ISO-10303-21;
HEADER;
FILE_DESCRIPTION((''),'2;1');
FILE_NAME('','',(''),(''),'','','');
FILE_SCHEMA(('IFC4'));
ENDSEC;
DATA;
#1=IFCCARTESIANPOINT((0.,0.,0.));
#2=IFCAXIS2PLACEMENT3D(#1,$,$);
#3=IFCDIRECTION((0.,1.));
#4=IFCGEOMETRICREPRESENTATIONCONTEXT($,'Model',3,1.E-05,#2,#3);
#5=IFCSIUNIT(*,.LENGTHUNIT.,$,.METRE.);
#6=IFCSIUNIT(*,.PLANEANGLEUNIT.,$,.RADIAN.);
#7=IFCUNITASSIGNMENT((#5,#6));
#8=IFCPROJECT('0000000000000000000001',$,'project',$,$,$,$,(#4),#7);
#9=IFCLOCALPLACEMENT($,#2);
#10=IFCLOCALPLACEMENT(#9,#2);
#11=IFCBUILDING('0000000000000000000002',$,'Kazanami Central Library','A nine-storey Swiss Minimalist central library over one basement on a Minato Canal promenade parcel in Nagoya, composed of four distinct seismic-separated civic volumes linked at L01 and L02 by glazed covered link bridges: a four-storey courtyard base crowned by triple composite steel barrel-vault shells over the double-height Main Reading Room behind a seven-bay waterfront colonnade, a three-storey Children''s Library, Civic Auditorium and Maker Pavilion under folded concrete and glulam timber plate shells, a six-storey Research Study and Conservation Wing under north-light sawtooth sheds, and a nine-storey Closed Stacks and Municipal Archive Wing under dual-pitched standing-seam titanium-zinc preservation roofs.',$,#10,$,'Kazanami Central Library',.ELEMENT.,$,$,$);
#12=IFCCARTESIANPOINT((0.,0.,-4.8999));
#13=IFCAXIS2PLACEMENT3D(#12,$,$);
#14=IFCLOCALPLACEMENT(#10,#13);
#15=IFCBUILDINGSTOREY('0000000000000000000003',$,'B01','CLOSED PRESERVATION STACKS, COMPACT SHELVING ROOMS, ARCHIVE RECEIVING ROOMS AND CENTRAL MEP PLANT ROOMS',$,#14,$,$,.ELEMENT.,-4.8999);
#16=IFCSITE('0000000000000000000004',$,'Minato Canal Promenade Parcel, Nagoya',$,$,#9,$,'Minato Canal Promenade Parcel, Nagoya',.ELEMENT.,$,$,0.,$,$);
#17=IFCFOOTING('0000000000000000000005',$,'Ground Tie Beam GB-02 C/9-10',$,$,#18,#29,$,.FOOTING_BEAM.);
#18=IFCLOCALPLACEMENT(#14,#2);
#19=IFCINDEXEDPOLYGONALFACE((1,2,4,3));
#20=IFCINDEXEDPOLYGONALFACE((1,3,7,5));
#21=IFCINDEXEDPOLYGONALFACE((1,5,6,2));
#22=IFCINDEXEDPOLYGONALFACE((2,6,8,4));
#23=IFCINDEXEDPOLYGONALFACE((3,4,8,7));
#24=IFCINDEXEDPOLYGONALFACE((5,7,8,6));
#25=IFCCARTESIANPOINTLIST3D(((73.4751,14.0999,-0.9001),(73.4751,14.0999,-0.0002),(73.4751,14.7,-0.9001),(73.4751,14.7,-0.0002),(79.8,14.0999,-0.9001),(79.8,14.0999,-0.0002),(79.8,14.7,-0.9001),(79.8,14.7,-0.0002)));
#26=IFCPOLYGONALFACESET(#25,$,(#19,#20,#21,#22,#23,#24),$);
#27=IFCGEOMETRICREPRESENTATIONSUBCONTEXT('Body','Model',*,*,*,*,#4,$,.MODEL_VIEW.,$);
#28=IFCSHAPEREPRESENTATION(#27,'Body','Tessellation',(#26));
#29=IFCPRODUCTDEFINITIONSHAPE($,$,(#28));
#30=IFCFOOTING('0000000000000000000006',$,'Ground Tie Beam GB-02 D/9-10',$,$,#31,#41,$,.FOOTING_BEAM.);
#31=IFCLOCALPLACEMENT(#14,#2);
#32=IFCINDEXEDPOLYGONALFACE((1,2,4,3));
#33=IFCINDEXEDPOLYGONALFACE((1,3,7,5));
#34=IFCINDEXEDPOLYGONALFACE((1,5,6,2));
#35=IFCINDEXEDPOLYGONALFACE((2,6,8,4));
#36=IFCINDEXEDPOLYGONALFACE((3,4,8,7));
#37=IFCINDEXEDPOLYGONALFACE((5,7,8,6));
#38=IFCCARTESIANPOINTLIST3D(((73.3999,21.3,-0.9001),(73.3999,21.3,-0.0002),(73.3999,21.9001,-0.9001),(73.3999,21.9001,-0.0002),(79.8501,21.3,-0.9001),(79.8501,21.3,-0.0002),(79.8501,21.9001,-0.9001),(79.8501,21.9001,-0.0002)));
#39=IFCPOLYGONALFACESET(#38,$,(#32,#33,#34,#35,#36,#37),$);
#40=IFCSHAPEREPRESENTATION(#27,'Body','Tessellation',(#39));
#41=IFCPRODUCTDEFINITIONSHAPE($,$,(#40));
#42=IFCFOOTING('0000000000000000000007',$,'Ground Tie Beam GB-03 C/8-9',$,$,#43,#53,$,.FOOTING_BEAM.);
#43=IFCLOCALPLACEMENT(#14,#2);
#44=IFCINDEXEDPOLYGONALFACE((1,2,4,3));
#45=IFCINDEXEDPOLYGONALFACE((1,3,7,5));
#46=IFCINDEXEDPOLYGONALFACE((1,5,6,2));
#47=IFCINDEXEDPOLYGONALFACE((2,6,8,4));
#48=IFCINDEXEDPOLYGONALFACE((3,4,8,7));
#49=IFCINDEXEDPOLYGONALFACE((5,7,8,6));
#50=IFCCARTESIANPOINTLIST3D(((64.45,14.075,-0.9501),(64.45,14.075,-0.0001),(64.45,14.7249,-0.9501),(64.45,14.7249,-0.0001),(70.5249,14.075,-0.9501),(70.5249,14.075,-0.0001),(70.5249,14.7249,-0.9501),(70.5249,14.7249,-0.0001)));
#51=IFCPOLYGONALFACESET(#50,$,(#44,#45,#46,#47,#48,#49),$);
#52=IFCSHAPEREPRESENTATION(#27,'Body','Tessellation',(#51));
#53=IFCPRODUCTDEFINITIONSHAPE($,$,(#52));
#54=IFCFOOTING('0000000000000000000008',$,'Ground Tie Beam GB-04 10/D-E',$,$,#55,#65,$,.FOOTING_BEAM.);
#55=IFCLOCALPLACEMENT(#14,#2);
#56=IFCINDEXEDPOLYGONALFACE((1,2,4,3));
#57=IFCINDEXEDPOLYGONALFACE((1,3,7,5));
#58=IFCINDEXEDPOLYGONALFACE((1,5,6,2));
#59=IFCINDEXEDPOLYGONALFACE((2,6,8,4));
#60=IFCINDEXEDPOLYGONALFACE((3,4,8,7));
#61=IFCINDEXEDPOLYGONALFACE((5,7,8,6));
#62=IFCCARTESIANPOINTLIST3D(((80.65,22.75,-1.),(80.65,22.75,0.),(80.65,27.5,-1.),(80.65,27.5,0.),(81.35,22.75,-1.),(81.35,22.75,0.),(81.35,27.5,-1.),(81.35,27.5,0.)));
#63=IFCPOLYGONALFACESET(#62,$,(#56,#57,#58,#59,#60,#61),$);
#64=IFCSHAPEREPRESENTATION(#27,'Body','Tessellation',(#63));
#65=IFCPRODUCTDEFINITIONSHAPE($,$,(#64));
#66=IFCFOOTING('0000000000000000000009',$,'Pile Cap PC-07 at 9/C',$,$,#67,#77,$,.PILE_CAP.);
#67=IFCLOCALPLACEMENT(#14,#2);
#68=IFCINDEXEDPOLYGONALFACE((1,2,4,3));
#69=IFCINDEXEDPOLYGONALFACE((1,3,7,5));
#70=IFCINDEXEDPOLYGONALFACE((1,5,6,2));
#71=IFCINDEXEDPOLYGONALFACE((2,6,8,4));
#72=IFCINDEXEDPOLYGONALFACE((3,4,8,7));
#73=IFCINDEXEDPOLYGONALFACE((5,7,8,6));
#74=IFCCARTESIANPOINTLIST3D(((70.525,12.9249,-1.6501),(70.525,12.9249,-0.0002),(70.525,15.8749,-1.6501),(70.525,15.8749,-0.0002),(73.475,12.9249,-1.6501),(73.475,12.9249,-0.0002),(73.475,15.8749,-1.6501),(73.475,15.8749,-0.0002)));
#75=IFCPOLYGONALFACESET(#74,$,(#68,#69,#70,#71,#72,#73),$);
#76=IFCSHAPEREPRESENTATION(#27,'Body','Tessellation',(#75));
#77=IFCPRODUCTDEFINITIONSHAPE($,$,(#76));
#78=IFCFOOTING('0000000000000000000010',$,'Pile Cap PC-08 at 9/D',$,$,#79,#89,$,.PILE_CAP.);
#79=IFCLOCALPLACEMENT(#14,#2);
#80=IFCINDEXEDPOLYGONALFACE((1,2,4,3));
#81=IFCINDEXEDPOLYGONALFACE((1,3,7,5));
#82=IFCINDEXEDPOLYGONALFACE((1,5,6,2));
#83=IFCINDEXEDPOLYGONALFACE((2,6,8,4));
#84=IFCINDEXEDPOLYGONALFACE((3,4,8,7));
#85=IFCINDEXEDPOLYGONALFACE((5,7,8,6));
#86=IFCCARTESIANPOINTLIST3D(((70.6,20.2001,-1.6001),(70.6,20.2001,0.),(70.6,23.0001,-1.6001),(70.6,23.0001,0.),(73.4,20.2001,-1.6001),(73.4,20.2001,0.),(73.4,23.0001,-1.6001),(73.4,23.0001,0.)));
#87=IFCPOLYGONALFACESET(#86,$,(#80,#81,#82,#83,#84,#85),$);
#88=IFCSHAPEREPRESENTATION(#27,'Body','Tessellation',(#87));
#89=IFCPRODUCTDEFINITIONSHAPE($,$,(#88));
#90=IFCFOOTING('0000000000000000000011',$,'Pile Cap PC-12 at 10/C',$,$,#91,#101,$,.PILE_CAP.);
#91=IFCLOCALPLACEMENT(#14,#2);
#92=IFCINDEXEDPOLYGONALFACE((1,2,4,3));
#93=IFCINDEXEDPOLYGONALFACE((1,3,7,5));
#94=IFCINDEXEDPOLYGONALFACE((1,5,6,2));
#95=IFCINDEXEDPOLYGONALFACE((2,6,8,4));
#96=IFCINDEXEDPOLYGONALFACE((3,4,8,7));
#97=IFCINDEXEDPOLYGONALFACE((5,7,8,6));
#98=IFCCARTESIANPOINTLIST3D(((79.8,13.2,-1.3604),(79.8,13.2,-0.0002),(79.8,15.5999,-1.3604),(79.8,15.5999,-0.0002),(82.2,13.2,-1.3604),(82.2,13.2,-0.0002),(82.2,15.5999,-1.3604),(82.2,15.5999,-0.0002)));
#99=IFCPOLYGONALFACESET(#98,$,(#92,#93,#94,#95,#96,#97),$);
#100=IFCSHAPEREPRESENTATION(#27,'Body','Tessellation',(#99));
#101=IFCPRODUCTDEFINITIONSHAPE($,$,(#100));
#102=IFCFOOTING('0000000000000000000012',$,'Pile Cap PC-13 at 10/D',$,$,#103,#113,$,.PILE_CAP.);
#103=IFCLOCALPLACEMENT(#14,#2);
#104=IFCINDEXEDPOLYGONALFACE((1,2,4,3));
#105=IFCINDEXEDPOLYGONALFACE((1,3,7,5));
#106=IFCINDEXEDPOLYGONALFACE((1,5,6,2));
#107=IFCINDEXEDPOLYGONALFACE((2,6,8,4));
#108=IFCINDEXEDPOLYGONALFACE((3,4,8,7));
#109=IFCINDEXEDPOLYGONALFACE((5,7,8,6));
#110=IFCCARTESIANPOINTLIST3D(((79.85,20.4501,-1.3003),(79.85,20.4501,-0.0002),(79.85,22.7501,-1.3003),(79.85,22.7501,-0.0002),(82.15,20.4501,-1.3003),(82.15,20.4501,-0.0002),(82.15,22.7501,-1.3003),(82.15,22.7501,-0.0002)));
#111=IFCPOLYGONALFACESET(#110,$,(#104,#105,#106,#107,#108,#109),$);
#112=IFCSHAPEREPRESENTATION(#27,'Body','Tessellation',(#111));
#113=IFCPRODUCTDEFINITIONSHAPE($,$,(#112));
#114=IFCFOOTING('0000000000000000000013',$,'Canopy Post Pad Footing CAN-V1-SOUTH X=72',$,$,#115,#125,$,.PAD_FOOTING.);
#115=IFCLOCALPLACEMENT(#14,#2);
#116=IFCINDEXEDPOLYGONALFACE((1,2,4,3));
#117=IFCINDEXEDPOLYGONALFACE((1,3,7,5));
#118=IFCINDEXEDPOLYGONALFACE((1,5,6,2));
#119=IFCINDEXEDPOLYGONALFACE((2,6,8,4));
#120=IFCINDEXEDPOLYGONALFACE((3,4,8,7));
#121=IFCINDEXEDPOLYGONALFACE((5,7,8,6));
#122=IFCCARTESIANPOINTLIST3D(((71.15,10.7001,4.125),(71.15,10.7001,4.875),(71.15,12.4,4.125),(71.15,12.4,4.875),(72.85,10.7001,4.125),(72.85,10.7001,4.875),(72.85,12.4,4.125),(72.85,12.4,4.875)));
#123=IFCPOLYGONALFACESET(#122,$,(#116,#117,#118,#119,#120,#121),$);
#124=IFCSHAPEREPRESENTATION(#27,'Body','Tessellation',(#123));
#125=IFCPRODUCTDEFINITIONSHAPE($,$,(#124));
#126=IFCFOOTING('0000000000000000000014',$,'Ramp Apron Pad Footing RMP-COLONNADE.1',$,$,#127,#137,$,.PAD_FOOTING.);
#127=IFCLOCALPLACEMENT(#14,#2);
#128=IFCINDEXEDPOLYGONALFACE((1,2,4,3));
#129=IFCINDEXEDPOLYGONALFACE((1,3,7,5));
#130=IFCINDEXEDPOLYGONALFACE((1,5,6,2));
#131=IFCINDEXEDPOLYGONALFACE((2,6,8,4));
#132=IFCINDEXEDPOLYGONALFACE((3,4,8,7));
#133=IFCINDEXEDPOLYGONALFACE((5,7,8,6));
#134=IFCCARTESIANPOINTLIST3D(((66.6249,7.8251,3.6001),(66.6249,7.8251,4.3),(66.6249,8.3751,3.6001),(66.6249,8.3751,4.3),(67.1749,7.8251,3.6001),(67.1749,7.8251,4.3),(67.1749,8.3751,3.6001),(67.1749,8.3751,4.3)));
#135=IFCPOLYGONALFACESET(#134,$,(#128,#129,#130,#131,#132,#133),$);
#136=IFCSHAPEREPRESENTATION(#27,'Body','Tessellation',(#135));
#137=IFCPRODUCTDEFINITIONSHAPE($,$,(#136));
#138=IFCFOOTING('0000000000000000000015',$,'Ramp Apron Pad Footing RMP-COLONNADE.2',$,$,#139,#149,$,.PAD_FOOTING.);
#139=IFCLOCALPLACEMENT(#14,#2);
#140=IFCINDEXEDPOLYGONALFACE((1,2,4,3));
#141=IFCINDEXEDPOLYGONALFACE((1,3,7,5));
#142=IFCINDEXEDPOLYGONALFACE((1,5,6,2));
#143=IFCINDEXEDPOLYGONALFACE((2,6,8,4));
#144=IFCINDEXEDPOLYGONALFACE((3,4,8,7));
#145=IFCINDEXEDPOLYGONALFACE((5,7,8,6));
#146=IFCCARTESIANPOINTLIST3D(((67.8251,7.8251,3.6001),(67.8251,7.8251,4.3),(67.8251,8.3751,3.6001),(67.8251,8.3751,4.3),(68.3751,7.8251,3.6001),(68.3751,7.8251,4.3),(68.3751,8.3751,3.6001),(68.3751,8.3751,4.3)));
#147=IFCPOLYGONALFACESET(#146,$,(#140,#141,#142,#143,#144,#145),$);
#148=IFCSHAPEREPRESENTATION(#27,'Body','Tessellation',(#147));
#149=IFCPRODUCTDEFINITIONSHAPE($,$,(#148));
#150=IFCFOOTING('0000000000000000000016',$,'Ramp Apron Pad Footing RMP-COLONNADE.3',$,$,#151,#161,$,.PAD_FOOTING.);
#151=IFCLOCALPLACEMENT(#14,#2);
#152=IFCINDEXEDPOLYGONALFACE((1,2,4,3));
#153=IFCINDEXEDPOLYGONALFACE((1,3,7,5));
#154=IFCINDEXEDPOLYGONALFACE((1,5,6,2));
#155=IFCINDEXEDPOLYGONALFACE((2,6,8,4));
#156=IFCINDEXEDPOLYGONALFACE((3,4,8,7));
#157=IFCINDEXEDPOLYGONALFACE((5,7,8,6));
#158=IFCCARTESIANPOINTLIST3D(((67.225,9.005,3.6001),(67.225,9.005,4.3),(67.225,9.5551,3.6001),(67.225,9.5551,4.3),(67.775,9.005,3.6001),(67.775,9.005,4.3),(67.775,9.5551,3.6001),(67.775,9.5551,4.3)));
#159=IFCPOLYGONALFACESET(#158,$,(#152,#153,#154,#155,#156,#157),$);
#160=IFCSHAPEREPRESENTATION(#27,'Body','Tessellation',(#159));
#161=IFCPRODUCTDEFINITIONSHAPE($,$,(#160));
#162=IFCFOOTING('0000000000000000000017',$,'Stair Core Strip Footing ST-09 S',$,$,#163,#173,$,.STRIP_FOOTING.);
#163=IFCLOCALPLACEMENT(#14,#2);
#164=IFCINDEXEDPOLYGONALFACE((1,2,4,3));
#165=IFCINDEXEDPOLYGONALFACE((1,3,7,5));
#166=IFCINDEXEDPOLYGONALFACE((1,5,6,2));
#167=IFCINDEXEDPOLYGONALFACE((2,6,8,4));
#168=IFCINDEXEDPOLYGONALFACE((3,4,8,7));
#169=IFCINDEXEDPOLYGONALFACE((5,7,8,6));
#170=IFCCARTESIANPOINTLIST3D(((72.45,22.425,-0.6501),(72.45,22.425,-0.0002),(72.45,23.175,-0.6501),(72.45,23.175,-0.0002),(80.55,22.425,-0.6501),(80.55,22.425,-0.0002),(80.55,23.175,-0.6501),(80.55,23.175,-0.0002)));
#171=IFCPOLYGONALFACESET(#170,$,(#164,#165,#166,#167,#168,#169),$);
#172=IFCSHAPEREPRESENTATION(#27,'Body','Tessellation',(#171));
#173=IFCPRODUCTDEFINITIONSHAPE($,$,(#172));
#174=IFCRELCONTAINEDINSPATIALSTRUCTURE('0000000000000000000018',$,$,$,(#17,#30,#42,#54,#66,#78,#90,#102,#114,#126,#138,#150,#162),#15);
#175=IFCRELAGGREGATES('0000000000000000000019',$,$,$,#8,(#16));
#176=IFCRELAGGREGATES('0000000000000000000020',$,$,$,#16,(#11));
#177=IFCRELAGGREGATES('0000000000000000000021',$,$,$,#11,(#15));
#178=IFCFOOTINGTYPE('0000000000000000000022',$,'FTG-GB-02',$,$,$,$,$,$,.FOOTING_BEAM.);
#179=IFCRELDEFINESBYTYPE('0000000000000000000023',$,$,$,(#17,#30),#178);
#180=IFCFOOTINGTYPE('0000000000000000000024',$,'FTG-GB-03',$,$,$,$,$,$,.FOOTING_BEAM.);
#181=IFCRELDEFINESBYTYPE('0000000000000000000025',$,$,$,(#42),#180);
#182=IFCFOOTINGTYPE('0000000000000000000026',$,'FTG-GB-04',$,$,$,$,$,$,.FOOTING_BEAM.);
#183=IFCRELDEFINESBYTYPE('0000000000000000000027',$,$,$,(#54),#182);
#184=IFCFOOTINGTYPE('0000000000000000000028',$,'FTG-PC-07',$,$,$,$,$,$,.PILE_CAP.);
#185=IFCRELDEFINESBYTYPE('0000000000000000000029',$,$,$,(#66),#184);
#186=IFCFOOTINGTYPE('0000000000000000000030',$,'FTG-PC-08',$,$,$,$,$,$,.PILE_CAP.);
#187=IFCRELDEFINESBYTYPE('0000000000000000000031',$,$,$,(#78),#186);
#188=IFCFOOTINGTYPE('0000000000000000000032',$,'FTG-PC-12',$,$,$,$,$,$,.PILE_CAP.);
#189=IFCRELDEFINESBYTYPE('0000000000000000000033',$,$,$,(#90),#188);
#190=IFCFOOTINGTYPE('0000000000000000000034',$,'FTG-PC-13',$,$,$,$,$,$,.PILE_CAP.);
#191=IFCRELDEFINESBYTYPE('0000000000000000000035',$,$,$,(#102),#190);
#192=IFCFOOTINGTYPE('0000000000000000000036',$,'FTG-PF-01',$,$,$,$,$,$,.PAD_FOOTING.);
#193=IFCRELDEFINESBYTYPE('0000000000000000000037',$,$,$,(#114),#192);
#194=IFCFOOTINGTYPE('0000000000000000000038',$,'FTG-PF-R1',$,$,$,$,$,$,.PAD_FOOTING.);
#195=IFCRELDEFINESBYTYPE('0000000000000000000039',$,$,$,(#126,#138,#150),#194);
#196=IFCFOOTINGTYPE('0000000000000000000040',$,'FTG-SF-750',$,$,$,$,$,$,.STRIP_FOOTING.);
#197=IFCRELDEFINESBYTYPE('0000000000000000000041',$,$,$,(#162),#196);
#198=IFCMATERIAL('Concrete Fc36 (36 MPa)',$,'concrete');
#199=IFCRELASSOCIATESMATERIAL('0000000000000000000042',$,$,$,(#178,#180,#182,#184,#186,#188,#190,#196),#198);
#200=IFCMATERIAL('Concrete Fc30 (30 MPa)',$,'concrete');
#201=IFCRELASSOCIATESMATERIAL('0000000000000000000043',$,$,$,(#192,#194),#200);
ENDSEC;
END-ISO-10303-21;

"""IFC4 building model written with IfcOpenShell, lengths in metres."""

from ifc_helpers import new_model, si_unit, direction, frame, origin, origin_2d, place, context, subcontext, project, spatial, rectangle, extrude, material, material_profile, profile_set, type_object, element, save


model = new_model("IFC4")

# Units and contexts
model_context = context("Model", 3, precision=1e-05, world=origin(), true_north=direction((0.0, 1.0)))
body_context = subcontext(model_context, "Body", "Model", "MODEL_VIEW")
ifc_project = project(units=[si_unit("LENGTHUNIT", "METRE"), si_unit("PLANEANGLEUNIT", "RADIAN")], contexts=[model_context])

# Site, building, storey
site_placement = place(None, origin())
site = spatial("IfcSite", under=ifc_project, at=site_placement, Name="Minato Canal Promenade Parcel, Nagoya", LongName="Minato Canal Promenade Parcel, Nagoya", CompositionType="ELEMENT", RefElevation=0.0)
building_placement = place(site_placement, origin())
building = spatial("IfcBuilding", under=site, at=building_placement, Name="Kazanami Central Library", Description="A nine-storey Swiss Minimalist central library over one basement on a Minato Canal promenade parcel in Nagoya, composed of four distinct seismic-separated civic volumes linked at L01 and L02 by glazed covered link bridges: a four-storey courtyard base crowned by triple composite steel barrel-vault shells over the double-height Main Reading Room behind a seven-bay waterfront colonnade, a three-storey Children's Library, Civic Auditorium and Maker Pavilion under folded concrete and glulam timber plate shells, a six-storey Research Study and Conservation Wing under north-light sawtooth sheds, and a nine-storey Closed Stacks and Municipal Archive Wing under dual-pitched standing-seam titanium-zinc preservation roofs.", LongName="Kazanami Central Library", CompositionType="ELEMENT")
storey_placement = place(building_placement, frame((0.0, 0.0, -4.8999)))
storey = spatial("IfcBuildingStorey", under=building, at=storey_placement, Name="B01", Description="CLOSED PRESERVATION STACKS, COMPACT SHELVING ROOMS, ARCHIVE RECEIVING ROOMS AND CENTRAL MEP PLANT ROOMS", CompositionType="ELEMENT", Elevation=-4.8999)

# Footings
ifc_material_1 = material(Name="Concrete Fc36 (36 MPa)", Category="concrete")
ifc_material_profile_1 = material_profile(ifc_material_1, rectangle(XDim=0.6001, YDim=0.8999, at=origin_2d()), Name="RC-600x900")
ifc_profile_set_1 = profile_set([ifc_material_profile_1], Name="Concrete Fc36 (36 MPa)")
footing_type_1 = type_object("IfcFootingType", Name="FTG-GB-02", PredefinedType="FOOTING_BEAM", material=ifc_profile_set_1)
footing_1_placement = place(storey_placement, frame((73.4751, 14.3999, -0.4502), z_axis=(1.0, 0.0, 0.0), x_axis=(0.0, 1.0, 0.0)))
element("IfcFooting", 1, at=footing_1_placement, inside=storey, type_object=footing_type_1, Name="Ground Tie Beam GB-02 C/9-10", PredefinedType="FOOTING_BEAM", context=body_context, shape_type="SweptSolid", body=[
    extrude(rectangle(XDim=0.6001, YDim=0.8999, at=origin_2d()), origin(), (0.0, 0.0, 1.0), 6.325),
])
footing_2_placement = place(storey_placement, frame((73.3999, 21.6001, -0.4502), z_axis=(1.0, 0.0, 0.0), x_axis=(0.0, 1.0, 0.0)))
element("IfcFooting", 2, at=footing_2_placement, inside=storey, type_object=footing_type_1, Name="Ground Tie Beam GB-02 D/9-10", PredefinedType="FOOTING_BEAM", context=body_context, shape_type="SweptSolid", body=[
    extrude(rectangle(XDim=0.6001, YDim=0.8999, at=origin_2d()), origin(), (0.0, 0.0, 1.0), 6.4502),
])
ifc_material_profile_2 = material_profile(ifc_material_1, rectangle(XDim=0.6499, YDim=0.95, at=origin_2d()), Name="RC-650x950")
ifc_profile_set_2 = profile_set([ifc_material_profile_2], Name="Concrete Fc36 (36 MPa)")
footing_type_2 = type_object("IfcFootingType", Name="FTG-GB-03", PredefinedType="FOOTING_BEAM", material=ifc_profile_set_2)
footing_3_placement = place(storey_placement, frame((64.45, 14.3999, -0.4751), z_axis=(1.0, 0.0, 0.0), x_axis=(0.0, 1.0, 0.0)))
element("IfcFooting", 3, at=footing_3_placement, inside=storey, type_object=footing_type_2, Name="Ground Tie Beam GB-03 C/8-9", PredefinedType="FOOTING_BEAM", context=body_context, shape_type="SweptSolid", body=[
    extrude(rectangle(XDim=0.6499, YDim=0.95, at=origin_2d()), origin(), (0.0, 0.0, 1.0), 6.075),
])
ifc_material_profile_3 = material_profile(ifc_material_1, rectangle(XDim=0.7, YDim=1.0, at=origin_2d()), Name="RC-700x1000")
ifc_profile_set_3 = profile_set([ifc_material_profile_3], Name="Concrete Fc36 (36 MPa)")
footing_type_3 = type_object("IfcFootingType", Name="FTG-GB-04", PredefinedType="FOOTING_BEAM", material=ifc_profile_set_3)
footing_4_placement = place(storey_placement, frame((81.0, 22.75, -0.5), z_axis=(0.0, 1.0, 0.0), x_axis=(-1.0, 0.0, 0.0)))
element("IfcFooting", 4, at=footing_4_placement, inside=storey, type_object=footing_type_3, Name="Ground Tie Beam GB-04 10/D-E", PredefinedType="FOOTING_BEAM", context=body_context, shape_type="SweptSolid", body=[
    extrude(rectangle(XDim=0.7, YDim=1.0, at=origin_2d()), origin(), (0.0, 0.0, 1.0), 4.75),
])
footing_type_4 = type_object("IfcFootingType", Name="FTG-PC-07", PredefinedType="PILE_CAP", material=ifc_material_1)
footing_5_placement = place(storey_placement, frame((72.0, 14.3999, -1.6501), z_axis=(0.0, 0.0, 1.0), x_axis=(1.0, 0.0, 0.0)))
element("IfcFooting", 5, at=footing_5_placement, inside=storey, type_object=footing_type_4, Name="Pile Cap PC-07 at 9/C", PredefinedType="PILE_CAP", context=body_context, shape_type="SweptSolid", body=[
    extrude(rectangle(XDim=2.95, YDim=2.95, at=origin_2d()), origin(), (0.0, 0.0, 1.0), 1.6499),
])
footing_type_5 = type_object("IfcFootingType", Name="FTG-PC-08", PredefinedType="PILE_CAP", material=ifc_material_1)
footing_6_placement = place(storey_placement, frame((72.0, 21.6001, -1.6001), z_axis=(0.0, 0.0, 1.0), x_axis=(1.0, 0.0, 0.0)))
element("IfcFooting", 6, at=footing_6_placement, inside=storey, type_object=footing_type_5, Name="Pile Cap PC-08 at 9/D", PredefinedType="PILE_CAP", context=body_context, shape_type="SweptSolid", body=[
    extrude(rectangle(XDim=2.8, YDim=2.8, at=origin_2d()), origin(), (0.0, 0.0, 1.0), 1.6001),
])
footing_type_6 = type_object("IfcFootingType", Name="FTG-PC-12", PredefinedType="PILE_CAP", material=ifc_material_1)
footing_7_placement = place(storey_placement, frame((81.0, 14.3999, -1.3604), z_axis=(0.0, 0.0, 1.0), x_axis=(1.0, 0.0, 0.0)))
element("IfcFooting", 7, at=footing_7_placement, inside=storey, type_object=footing_type_6, Name="Pile Cap PC-12 at 10/C", PredefinedType="PILE_CAP", context=body_context, shape_type="SweptSolid", body=[
    extrude(rectangle(XDim=2.3999, YDim=2.3999, at=origin_2d()), origin(), (0.0, 0.0, 1.0), 1.3601),
])
footing_type_7 = type_object("IfcFootingType", Name="FTG-PC-13", PredefinedType="PILE_CAP", material=ifc_material_1)
footing_8_placement = place(storey_placement, frame((81.0, 21.6001, -1.3003), z_axis=(0.0, 0.0, 1.0), x_axis=(1.0, 0.0, 0.0)))
element("IfcFooting", 8, at=footing_8_placement, inside=storey, type_object=footing_type_7, Name="Pile Cap PC-13 at 10/D", PredefinedType="PILE_CAP", context=body_context, shape_type="SweptSolid", body=[
    extrude(rectangle(XDim=2.3, YDim=2.3, at=origin_2d()), origin(), (0.0, 0.0, 1.0), 1.3),
])
ifc_material_2 = material(Name="Concrete Fc30 (30 MPa)", Category="concrete")
footing_type_8 = type_object("IfcFootingType", Name="FTG-PF-01", PredefinedType="PAD_FOOTING", material=ifc_material_2)
footing_9_placement = place(storey_placement, frame((72.0, 11.55, 4.125), z_axis=(0.0, 0.0, 1.0), x_axis=(1.0, 0.0, 0.0)))
element("IfcFooting", 9, at=footing_9_placement, inside=storey, type_object=footing_type_8, Name="Canopy Post Pad Footing CAN-V1-SOUTH X=72", PredefinedType="PAD_FOOTING", context=body_context, shape_type="SweptSolid", body=[
    extrude(rectangle(XDim=1.7, YDim=1.7, at=origin_2d()), origin(), (0.0, 0.0, 1.0), 0.75),
])
footing_type_9 = type_object("IfcFootingType", Name="FTG-PF-R1", PredefinedType="PAD_FOOTING", material=ifc_material_2)
for number, where, z_axis, x_axis, name in (
    (10, (66.8999, 8.1001, 3.6001), (0.0, 0.0, 1.0), (1.0, 0.0, 0.0), "Ramp Apron Pad Footing RMP-COLONNADE.1"),
    (11, (68.1001, 8.1001, 3.6001), (0.0, 0.0, 1.0), (1.0, 0.0, 0.0), "Ramp Apron Pad Footing RMP-COLONNADE.2"),
    (12, (67.5, 9.28, 3.6001), (0.0, 0.0, 1.0), (1.0, 0.0, 0.0), "Ramp Apron Pad Footing RMP-COLONNADE.3"),
):
    element("IfcFooting", number, at=place(storey_placement, frame(where, z_axis=z_axis, x_axis=x_axis)), inside=storey, type_object=footing_type_9, Name=name, PredefinedType="PAD_FOOTING", context=body_context, shape_type="SweptSolid", body=[
        extrude(rectangle(XDim=0.55, YDim=0.55, at=origin_2d()), origin(), (0.0, 0.0, 1.0), 0.7),
    ])
ifc_material_profile_4 = material_profile(ifc_material_1, rectangle(XDim=0.75, YDim=0.6499, at=origin_2d()), Name="RC-750x650")
ifc_profile_set_4 = profile_set([ifc_material_profile_4], Name="Concrete Fc36 (36 MPa)")
footing_type_10 = type_object("IfcFootingType", Name="FTG-SF-750", PredefinedType="STRIP_FOOTING", material=ifc_profile_set_4)
footing_10_placement = place(storey_placement, frame((72.45, 22.8, -0.3252), z_axis=(1.0, 0.0, 0.0), x_axis=(0.0, 1.0, 0.0)))
element("IfcFooting", 13, at=footing_10_placement, inside=storey, type_object=footing_type_10, Name="Stair Core Strip Footing ST-09 S", PredefinedType="STRIP_FOOTING", context=body_context, shape_type="SweptSolid", body=[
    extrude(rectangle(XDim=0.75, YDim=0.6499, at=origin_2d()), origin(), (0.0, 0.0, 1.0), 8.1001),
])

save(model, "model.ifc")
